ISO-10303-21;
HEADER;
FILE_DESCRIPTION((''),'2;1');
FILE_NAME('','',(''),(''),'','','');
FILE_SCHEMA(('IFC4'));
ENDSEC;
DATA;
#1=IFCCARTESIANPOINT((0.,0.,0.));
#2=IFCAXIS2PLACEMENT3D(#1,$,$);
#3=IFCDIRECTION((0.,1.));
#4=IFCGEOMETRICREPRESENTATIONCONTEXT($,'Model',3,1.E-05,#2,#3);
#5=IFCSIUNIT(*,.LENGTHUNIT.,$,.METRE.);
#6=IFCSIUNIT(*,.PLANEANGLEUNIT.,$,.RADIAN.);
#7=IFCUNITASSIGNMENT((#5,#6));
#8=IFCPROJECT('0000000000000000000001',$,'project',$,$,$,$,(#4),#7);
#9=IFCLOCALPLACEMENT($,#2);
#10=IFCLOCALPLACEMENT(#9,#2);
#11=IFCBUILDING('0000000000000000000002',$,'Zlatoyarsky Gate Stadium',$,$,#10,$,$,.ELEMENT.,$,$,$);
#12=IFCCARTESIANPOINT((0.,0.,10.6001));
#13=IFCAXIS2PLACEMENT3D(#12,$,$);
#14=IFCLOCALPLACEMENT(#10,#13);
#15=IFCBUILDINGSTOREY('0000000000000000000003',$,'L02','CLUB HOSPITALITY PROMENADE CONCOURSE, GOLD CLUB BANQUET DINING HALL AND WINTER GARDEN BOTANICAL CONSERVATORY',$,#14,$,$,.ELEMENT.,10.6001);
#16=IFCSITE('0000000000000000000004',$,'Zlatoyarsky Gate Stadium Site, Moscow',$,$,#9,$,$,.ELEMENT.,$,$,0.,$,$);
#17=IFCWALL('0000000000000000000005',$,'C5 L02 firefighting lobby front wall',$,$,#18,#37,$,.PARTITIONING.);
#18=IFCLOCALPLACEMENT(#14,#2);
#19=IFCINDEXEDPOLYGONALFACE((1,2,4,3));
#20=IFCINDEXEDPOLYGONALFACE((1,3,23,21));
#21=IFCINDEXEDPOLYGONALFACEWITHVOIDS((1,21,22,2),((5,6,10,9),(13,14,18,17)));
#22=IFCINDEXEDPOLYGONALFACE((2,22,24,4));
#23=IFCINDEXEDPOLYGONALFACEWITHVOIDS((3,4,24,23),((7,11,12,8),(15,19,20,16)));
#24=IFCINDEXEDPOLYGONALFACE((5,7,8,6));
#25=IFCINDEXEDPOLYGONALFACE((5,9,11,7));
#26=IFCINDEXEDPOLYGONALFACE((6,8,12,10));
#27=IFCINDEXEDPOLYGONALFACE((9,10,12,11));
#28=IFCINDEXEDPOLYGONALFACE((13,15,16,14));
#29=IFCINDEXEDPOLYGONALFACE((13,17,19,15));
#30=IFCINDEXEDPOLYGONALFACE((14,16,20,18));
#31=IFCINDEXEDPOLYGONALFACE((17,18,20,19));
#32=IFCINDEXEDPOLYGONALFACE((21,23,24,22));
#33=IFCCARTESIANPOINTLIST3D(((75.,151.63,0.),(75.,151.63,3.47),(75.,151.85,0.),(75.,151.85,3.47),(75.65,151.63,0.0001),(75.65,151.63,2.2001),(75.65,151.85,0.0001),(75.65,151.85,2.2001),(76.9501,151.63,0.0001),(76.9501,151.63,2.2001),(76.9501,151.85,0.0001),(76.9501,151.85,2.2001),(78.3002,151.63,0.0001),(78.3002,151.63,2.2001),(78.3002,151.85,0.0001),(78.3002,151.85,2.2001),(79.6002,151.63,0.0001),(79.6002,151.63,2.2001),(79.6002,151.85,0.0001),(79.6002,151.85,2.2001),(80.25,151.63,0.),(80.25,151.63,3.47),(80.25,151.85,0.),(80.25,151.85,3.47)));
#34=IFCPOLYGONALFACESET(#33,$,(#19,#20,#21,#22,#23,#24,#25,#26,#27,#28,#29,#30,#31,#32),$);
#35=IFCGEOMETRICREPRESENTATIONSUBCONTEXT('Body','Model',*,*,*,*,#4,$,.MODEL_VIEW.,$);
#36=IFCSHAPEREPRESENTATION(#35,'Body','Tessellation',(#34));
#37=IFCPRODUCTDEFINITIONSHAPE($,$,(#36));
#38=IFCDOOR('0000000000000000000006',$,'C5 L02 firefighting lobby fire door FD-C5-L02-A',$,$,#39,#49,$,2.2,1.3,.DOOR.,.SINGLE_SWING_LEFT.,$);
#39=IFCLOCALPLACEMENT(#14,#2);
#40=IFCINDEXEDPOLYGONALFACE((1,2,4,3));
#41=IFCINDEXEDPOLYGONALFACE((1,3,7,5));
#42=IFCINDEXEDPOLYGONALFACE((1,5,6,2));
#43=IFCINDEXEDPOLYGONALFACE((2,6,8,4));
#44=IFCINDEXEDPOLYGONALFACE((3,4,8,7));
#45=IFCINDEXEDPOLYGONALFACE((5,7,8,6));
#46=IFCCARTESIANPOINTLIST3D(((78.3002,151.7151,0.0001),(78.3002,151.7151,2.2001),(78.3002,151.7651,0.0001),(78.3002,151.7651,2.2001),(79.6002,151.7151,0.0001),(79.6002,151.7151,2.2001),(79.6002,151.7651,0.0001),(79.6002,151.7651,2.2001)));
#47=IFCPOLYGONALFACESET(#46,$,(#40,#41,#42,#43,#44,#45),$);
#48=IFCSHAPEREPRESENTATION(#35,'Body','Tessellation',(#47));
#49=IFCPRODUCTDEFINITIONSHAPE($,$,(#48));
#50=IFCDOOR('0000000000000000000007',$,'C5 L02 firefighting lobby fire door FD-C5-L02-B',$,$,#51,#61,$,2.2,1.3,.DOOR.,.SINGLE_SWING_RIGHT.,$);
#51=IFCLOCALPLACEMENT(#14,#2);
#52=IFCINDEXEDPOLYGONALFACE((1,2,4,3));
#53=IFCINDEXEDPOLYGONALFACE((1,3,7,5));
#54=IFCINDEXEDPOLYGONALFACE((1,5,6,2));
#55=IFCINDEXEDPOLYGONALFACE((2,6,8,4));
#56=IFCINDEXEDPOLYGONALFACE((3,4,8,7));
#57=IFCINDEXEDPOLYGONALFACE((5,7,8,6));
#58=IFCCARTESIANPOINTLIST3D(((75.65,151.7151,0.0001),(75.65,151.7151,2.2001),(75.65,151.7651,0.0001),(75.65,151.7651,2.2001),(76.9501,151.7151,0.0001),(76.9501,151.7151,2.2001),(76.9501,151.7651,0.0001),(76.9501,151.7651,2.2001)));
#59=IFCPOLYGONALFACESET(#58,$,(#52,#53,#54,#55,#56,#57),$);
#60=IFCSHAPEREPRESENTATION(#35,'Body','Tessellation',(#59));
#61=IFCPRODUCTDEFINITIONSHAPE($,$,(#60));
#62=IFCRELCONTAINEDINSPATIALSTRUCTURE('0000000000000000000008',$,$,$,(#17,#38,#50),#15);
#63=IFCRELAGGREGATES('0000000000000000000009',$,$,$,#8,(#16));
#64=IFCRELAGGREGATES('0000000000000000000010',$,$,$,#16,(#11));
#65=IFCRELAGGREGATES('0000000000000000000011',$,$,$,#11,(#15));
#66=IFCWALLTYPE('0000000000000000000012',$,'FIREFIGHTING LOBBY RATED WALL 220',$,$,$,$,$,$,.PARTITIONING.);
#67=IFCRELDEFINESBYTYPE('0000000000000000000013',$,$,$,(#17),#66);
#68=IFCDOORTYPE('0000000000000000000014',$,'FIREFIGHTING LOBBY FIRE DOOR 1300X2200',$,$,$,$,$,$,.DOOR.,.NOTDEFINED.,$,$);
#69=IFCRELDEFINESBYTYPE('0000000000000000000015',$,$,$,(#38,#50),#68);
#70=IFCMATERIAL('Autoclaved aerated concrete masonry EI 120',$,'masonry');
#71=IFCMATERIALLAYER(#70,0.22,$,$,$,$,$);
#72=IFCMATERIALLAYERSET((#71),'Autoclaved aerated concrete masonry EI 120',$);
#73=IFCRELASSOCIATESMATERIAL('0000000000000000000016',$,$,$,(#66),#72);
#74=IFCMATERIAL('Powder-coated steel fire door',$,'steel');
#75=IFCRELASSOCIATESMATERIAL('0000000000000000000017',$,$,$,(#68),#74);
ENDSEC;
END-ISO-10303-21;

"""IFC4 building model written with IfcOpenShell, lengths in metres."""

from ifc_helpers import new_model, si_unit, direction, frame, frame_2d, origin, place, context, subcontext, project, spatial, rectangle, extrude, material, layer, layer_set, type_object, element, fill, save


model = new_model("IFC4")

# Units and contexts
model_context = context("Model", 3, precision=1e-05, world=origin(), true_north=direction((0.0, 1.0)))
body_context = subcontext(model_context, "Body", "Model", "MODEL_VIEW")
ifc_project = project(units=[si_unit("LENGTHUNIT", "METRE"), si_unit("PLANEANGLEUNIT", "RADIAN")], contexts=[model_context])

# Site, building, storey
site_placement = place(None, origin())
site = spatial("IfcSite", under=ifc_project, at=site_placement, Name="Zlatoyarsky Gate Stadium Site, Moscow", CompositionType="ELEMENT", RefElevation=0.0)
building_placement = place(site_placement, origin())
building = spatial("IfcBuilding", under=site, at=building_placement, Name="Zlatoyarsky Gate Stadium", CompositionType="ELEMENT")
storey_placement = place(building_placement, frame((0.0, 0.0, 10.6001)))
storey = spatial("IfcBuildingStorey", under=building, at=storey_placement, Name="L02", Description="CLUB HOSPITALITY PROMENADE CONCOURSE, GOLD CLUB BANQUET DINING HALL AND WINTER GARDEN BOTANICAL CONSERVATORY", CompositionType="ELEMENT", Elevation=10.6001)

# Shared definitions
ifc_material_1 = material(Name="Powder-coated steel fire door", Category="steel")

# Shared definitions
ifc_material_2 = material(Name="Autoclaved aerated concrete masonry EI 120", Category="masonry")
ifc_layer_1 = layer(ifc_material_2, 0.22)
ifc_layer_set_1 = layer_set([ifc_layer_1], Name="Autoclaved aerated concrete masonry EI 120")
wall_type_1 = type_object("IfcWallType", Name="FIREFIGHTING LOBBY RATED WALL 220", PredefinedType="PARTITIONING", material=ifc_layer_set_1)

# Wall, openings, doors
wall_1_placement = place(storey_placement, frame((80.25, 151.74, 0.0), z_axis=(0.0, 0.0, 1.0), x_axis=(-1.0, 0.0, 0.0)))
wall_1 = element("IfcWall", 1, at=wall_1_placement, inside=storey, type_object=wall_type_1, Name="C5 L02 firefighting lobby front wall", PredefinedType="PARTITIONING", context=body_context, shape_type="SweptSolid", body=[
    extrude(rectangle(XDim=5.25, YDim=0.22, at=frame_2d((2.625, 0.0))), origin(), (0.0, 0.0, 1.0), 3.47),
])
opening_1_placement = place(wall_1_placement, frame((0.6499, 0.0, 0.0)))
opening_1 = element("IfcOpeningElement", 2, at=opening_1_placement, cuts=wall_1, PredefinedType="OPENING", context=body_context, shape_type="SweptSolid", body=[
    extrude(rectangle(XDim=1.3, YDim=2.2, at=frame_2d((0.6499, 1.1001))), frame((0.0, 0.1199, 0.0), z_axis=(0.0, -1.0, 0.0), x_axis=(1.0, 0.0, 0.0)), (0.0, 0.0, 1.0), 0.24),
])
opening_2_placement = place(wall_1_placement, frame((3.3, 0.0, 0.0)))
opening_2 = element("IfcOpeningElement", 3, at=opening_2_placement, cuts=wall_1, PredefinedType="OPENING", context=body_context, shape_type="SweptSolid", body=[
    extrude(rectangle(XDim=1.3, YDim=2.2, at=frame_2d((0.6499, 1.1001))), frame((0.0, 0.1199, 0.0), z_axis=(0.0, -1.0, 0.0), x_axis=(1.0, 0.0, 0.0)), (0.0, 0.0, 1.0), 0.24),
])
door_type_1 = type_object("IfcDoorType", Name="FIREFIGHTING LOBBY FIRE DOOR 1300X2200", OperationType="NOTDEFINED", PredefinedType="DOOR", material=ifc_material_1)
door_1_placement = place(opening_1_placement, origin())
door_1 = element("IfcDoor", 4, at=door_1_placement, inside=storey, type_object=door_type_1, Name="C5 L02 firefighting lobby fire door FD-C5-L02-A", OperationType="SINGLE_SWING_LEFT", OverallHeight=2.2, OverallWidth=1.3, PredefinedType="DOOR", context=body_context, shape_type="SweptSolid", body=[
    extrude(rectangle(XDim=1.3, YDim=2.2, at=frame_2d((0.6499, 1.1001))), frame((0.0, 0.0249, 0.0), z_axis=(0.0, -1.0, 0.0), x_axis=(1.0, 0.0, 0.0)), (0.0, 0.0, 1.0), 0.05),
])
fill(opening_1, door_1)
door_2_placement = place(opening_2_placement, origin())
door_2 = element("IfcDoor", 5, at=door_2_placement, inside=storey, type_object=door_type_1, Name="C5 L02 firefighting lobby fire door FD-C5-L02-B", OperationType="SINGLE_SWING_RIGHT", OverallHeight=2.2, OverallWidth=1.3, PredefinedType="DOOR", context=body_context, shape_type="SweptSolid", body=[
    extrude(rectangle(XDim=1.3, YDim=2.2, at=frame_2d((0.6499, 1.1001))), frame((0.0, 0.0249, 0.0), z_axis=(0.0, -1.0, 0.0), x_axis=(1.0, 0.0, 0.0)), (0.0, 0.0, 1.0), 0.05),
])
fill(opening_2, door_2)

save(model, "model.ifc")
